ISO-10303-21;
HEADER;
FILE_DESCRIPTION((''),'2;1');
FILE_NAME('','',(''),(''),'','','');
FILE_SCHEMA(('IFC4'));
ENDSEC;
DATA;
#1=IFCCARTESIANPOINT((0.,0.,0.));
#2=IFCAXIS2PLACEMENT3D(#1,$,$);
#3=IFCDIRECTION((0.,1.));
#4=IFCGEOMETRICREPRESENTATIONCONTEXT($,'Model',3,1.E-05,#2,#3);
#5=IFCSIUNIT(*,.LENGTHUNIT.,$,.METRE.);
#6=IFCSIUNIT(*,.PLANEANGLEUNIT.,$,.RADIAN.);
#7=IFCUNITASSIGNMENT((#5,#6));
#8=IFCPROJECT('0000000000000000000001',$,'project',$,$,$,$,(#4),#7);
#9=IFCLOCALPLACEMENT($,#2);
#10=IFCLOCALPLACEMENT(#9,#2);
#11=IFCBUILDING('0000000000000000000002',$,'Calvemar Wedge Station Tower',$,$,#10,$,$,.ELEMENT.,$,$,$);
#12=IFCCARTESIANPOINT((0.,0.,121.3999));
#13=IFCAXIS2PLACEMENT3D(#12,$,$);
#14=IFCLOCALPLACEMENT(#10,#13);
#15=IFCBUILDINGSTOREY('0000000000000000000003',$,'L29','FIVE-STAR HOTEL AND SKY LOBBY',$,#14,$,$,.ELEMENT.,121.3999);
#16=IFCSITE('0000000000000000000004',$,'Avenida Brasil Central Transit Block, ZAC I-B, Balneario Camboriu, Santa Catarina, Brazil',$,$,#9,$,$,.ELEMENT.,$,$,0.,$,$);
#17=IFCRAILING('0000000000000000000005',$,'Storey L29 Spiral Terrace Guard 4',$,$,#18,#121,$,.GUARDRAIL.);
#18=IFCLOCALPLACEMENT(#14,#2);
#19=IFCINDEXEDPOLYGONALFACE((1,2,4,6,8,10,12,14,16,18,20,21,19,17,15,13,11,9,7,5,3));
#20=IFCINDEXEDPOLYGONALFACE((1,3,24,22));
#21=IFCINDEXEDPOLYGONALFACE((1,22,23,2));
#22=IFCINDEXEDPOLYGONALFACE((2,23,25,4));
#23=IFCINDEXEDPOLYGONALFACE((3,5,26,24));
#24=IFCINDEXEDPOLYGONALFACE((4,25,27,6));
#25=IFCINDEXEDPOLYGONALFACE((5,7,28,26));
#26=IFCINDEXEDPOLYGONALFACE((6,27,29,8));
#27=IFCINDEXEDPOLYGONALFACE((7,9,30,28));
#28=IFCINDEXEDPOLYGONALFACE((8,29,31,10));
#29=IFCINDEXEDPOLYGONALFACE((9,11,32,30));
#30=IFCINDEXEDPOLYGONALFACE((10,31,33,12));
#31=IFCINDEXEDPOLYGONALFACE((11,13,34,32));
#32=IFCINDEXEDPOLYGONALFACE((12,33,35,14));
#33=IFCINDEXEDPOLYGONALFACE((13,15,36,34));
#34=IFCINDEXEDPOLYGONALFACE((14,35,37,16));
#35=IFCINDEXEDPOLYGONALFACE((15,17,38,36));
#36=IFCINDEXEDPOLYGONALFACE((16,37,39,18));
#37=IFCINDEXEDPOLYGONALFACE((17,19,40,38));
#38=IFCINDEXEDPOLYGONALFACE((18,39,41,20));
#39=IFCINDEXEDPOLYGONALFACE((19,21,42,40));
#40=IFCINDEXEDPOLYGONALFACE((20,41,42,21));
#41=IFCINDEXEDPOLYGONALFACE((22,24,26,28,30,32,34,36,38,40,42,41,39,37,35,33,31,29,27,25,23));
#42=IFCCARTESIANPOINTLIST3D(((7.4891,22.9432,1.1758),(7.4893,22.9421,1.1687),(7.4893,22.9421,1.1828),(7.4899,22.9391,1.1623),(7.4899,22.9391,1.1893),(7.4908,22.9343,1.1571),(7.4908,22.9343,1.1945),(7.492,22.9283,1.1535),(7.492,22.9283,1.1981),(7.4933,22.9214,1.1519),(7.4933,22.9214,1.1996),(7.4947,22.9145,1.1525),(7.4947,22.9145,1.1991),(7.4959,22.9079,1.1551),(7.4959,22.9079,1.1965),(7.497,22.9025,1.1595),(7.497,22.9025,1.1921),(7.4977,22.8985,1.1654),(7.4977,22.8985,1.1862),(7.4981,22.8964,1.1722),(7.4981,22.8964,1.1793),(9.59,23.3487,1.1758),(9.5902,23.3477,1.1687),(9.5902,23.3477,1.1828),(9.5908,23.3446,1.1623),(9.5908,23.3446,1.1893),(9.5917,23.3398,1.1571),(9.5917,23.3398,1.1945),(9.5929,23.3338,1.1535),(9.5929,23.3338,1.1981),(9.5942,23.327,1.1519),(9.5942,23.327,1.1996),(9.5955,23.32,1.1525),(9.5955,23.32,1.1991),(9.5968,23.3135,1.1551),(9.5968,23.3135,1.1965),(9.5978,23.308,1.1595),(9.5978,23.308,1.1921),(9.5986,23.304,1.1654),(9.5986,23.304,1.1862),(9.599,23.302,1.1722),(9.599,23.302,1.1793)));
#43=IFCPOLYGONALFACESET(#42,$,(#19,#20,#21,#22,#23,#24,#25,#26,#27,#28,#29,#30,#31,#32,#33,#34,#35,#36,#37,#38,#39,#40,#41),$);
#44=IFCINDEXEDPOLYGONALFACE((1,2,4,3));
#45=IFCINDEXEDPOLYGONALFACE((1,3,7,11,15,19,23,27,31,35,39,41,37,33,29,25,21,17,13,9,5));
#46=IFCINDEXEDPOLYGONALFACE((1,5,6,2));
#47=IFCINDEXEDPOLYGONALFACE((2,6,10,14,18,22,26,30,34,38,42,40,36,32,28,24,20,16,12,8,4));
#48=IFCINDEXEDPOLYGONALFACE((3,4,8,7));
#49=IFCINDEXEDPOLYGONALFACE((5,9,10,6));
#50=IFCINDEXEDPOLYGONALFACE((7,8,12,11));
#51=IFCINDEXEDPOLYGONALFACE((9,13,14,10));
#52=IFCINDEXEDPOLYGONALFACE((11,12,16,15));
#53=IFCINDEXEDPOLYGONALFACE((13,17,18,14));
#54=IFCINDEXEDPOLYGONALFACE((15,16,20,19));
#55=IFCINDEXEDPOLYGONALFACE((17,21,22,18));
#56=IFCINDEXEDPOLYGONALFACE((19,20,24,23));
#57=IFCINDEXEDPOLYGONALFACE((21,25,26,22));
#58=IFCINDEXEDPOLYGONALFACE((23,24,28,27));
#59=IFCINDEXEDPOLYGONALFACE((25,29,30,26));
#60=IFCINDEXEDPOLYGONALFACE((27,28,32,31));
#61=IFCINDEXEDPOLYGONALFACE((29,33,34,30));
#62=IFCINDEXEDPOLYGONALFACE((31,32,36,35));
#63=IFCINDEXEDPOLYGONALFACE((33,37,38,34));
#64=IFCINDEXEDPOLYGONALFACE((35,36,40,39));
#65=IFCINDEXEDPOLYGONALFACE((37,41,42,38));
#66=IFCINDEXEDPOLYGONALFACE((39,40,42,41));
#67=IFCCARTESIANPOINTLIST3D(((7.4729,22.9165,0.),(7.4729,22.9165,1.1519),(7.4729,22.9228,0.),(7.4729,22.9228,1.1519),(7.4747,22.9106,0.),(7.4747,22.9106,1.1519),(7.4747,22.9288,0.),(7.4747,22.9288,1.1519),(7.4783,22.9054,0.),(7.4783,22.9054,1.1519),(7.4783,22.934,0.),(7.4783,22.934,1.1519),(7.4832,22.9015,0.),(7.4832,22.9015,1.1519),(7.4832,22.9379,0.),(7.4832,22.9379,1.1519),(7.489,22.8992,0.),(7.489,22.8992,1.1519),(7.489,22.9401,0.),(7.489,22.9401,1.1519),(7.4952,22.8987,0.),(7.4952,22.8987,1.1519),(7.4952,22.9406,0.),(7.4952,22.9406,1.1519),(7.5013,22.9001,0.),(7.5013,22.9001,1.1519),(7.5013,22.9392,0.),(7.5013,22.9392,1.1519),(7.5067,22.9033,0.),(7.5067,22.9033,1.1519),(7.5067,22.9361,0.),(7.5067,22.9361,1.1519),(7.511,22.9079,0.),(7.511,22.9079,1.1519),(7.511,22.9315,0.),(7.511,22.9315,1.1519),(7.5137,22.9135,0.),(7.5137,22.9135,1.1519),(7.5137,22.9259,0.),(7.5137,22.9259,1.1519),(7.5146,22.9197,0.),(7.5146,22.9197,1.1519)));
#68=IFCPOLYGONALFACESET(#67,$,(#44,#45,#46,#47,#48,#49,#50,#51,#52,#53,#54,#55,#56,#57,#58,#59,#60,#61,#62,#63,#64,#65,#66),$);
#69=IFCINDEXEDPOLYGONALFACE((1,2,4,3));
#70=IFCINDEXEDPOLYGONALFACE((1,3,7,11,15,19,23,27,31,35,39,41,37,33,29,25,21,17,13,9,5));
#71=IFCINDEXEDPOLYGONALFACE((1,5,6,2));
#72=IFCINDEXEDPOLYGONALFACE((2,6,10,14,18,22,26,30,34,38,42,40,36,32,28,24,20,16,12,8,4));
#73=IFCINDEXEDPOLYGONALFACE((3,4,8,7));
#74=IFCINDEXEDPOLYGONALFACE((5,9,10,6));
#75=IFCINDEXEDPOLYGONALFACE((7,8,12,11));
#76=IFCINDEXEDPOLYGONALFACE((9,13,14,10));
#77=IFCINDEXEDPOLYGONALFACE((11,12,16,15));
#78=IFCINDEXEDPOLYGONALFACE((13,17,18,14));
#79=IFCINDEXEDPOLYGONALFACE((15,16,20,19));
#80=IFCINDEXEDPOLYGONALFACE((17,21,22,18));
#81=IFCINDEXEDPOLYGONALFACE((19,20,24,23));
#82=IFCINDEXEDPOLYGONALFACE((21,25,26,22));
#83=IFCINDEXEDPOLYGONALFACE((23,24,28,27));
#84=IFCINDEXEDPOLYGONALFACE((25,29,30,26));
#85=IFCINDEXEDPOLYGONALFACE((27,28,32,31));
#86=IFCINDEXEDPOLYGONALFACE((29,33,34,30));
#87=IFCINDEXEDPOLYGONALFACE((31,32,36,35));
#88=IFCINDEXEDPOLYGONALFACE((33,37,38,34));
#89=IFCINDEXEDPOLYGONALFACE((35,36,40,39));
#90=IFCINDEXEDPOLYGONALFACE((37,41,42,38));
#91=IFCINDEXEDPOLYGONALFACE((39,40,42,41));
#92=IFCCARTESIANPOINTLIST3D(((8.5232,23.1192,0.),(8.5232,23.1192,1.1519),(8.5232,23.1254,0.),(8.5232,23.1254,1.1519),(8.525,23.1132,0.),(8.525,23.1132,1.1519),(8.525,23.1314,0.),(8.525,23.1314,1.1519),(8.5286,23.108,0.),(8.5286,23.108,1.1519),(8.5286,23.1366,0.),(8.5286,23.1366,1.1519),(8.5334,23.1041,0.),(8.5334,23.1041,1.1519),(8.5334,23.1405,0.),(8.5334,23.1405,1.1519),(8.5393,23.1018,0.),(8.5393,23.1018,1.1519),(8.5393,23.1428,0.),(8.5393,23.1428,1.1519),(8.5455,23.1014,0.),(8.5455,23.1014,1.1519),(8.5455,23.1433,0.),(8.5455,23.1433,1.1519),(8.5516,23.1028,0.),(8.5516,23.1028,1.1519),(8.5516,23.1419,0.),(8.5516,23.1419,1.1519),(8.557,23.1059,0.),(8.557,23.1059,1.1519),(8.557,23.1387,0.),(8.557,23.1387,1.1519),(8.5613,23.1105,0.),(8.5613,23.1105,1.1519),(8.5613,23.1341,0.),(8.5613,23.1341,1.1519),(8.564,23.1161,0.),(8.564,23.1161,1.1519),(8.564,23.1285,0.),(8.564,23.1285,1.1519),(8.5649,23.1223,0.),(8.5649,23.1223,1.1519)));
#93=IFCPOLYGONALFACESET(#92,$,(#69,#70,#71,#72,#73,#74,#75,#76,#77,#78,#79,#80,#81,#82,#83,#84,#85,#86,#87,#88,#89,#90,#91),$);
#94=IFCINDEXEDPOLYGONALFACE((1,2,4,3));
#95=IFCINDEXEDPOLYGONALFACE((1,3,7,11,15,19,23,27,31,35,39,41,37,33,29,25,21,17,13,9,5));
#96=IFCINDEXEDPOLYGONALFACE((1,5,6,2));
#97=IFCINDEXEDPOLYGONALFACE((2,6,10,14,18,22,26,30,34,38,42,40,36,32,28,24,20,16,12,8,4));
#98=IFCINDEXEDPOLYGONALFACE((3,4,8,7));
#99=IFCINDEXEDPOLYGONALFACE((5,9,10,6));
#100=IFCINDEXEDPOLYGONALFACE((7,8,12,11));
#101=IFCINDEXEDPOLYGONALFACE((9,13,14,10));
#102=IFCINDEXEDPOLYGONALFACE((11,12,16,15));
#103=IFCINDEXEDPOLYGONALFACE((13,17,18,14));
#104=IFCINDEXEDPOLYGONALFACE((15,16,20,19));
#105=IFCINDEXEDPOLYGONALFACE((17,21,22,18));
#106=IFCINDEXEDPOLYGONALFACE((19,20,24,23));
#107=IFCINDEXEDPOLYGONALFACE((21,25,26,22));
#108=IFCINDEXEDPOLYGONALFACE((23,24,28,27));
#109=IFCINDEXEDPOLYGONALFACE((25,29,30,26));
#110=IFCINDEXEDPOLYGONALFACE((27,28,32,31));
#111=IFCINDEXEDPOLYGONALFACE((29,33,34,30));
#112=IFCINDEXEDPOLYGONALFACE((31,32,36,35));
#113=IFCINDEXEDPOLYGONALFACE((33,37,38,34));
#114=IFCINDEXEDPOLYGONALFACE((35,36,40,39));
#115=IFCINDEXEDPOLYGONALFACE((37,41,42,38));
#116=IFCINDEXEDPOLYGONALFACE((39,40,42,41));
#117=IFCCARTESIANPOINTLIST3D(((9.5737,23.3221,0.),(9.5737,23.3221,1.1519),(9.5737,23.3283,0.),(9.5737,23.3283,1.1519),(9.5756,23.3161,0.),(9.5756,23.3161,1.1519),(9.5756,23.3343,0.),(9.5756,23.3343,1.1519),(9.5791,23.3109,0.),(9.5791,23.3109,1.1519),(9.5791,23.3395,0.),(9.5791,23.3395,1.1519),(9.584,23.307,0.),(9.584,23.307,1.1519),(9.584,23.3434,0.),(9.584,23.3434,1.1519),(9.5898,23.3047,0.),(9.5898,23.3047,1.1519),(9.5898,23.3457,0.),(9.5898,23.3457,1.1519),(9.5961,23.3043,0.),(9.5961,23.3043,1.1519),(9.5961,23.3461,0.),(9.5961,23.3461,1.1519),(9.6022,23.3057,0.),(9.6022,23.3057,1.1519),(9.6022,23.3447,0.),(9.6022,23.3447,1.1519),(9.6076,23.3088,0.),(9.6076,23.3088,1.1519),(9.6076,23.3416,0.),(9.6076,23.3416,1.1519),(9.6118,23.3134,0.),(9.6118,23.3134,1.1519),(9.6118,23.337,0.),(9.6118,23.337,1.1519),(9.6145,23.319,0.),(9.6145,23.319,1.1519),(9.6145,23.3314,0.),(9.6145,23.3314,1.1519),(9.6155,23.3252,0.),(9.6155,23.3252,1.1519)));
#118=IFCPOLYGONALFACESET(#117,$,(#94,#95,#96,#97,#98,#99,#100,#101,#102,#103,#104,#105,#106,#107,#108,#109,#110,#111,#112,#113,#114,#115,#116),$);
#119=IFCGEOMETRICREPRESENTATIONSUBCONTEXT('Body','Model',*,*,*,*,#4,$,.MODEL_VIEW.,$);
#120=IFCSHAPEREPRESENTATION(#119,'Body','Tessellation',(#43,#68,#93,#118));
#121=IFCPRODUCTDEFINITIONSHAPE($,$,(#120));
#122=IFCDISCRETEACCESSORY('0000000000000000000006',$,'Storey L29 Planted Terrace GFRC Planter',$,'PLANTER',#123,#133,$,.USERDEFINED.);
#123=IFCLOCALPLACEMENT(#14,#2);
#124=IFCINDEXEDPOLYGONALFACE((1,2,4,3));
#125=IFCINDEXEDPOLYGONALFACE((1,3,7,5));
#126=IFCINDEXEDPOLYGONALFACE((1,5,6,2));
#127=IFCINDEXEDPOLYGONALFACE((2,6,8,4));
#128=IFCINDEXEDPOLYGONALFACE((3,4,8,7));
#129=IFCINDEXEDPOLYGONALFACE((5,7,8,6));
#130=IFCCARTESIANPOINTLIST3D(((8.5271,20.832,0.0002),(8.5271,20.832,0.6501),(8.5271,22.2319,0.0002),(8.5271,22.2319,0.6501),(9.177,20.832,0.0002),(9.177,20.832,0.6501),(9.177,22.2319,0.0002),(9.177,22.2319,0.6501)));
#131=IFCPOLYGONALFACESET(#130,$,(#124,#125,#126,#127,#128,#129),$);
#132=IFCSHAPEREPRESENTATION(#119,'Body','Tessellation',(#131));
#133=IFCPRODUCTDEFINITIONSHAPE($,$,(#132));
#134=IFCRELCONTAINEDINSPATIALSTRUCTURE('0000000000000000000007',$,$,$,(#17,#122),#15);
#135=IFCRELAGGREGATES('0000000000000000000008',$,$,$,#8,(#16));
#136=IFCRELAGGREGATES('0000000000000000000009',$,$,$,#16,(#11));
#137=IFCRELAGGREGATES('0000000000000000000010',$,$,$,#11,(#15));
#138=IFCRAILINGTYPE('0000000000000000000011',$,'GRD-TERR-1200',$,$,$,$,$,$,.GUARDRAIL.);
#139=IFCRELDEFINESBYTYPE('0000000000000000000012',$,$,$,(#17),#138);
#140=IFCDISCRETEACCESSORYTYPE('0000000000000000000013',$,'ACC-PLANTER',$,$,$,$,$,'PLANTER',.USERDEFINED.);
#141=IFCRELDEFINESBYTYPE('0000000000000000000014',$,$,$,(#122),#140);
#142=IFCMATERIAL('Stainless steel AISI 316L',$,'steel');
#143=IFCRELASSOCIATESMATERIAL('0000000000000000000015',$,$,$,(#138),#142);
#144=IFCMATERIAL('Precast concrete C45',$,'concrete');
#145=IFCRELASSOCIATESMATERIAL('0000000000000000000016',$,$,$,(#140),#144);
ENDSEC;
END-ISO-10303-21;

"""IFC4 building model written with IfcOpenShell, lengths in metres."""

from ifc_helpers import new_model, si_unit, direction, frame, origin, origin_2d, place, context, subcontext, project, spatial, rectangle, circle, extrude, source, transform, mapped, material, type_object, element, save


model = new_model("IFC4")

# Units and contexts
model_context = context("Model", 3, precision=1e-05, world=origin(), true_north=direction((0.0, 1.0)))
body_context = subcontext(model_context, "Body", "Model", "MODEL_VIEW")
ifc_project = project(units=[si_unit("LENGTHUNIT", "METRE"), si_unit("PLANEANGLEUNIT", "RADIAN")], contexts=[model_context])

# Site, building, storey
site_placement = place(None, origin())
site = spatial("IfcSite", under=ifc_project, at=site_placement, Name="Avenida Brasil Central Transit Block, ZAC I-B, Balneario Camboriu, Santa Catarina, Brazil", CompositionType="ELEMENT", RefElevation=0.0)
building_placement = place(site_placement, origin())
building = spatial("IfcBuilding", under=site, at=building_placement, Name="Calvemar Wedge Station Tower", CompositionType="ELEMENT")
storey_placement = place(building_placement, frame((0.0, 0.0, 121.3999)))
storey = spatial("IfcBuildingStorey", under=building, at=storey_placement, Name="L29", Description="FIVE-STAR HOTEL AND SKY LOBBY", CompositionType="ELEMENT", Elevation=121.3999)

# Railing
ifc_material_1 = material(Name="Stainless steel AISI 316L", Category="steel")
railing_type = type_object("IfcRailingType", Name="GRD-TERR-1200", PredefinedType="GUARDRAIL", material=ifc_material_1)
railing_placement = place(storey_placement, frame((7.4937, 22.9197, 0.0)))
element("IfcRailing", 1, at=railing_placement, inside=storey, type_object=railing_type, Name="Storey L29 Spiral Terrace Guard 4", PredefinedType="GUARDRAIL", context=body_context, shape_type="SweptSolid", body=[
    extrude(circle(Radius=0.0239, at=origin_2d()), frame((0.0, 0.0, 1.1758), z_axis=(0.981875, 0.189529, 0.0), x_axis=(-0.189529, 0.981875, 0.0)), (0.0, 0.0, 1.0), 2.1396),
    extrude(circle(Radius=0.021, at=origin_2d()), origin(), (0.0, 0.0, 1.0), 1.1519),
    extrude(circle(Radius=0.021, at=origin_2d()), frame((1.0503, 0.2026, 0.0)), (0.0, 0.0, 1.0), 1.1519),
    extrude(circle(Radius=0.021, at=origin_2d()), frame((2.1008, 0.4055, 0.0)), (0.0, 0.0, 1.0), 1.1519),
])

# Discrete accessory
ifc_material_2 = material(Name="Precast concrete C45", Category="concrete")
discrete_accessory_type = type_object("IfcDiscreteAccessoryType", Name="ACC-PLANTER", ElementType="PLANTER", PredefinedType="USERDEFINED", material=ifc_material_2)
shared_shape_1 = source(origin(), body_context, "Body", "SweptSolid", [
    extrude(rectangle(XDim=0.6499, YDim=1.3999, at=origin_2d()), origin(), (0.0, 0.0, 1.0), 0.6499),
])
discrete_accessory_placement = place(storey_placement, frame((8.8521, 21.532, 0.0002), z_axis=(0.0, 0.0, 1.0), x_axis=(1.0, 0.0, 0.0)))
element("IfcDiscreteAccessory", 2, at=discrete_accessory_placement, inside=storey, type_object=discrete_accessory_type, Name="Storey L29 Planted Terrace GFRC Planter", ObjectType="PLANTER", PredefinedType="USERDEFINED", context=body_context, shape_type="MappedRepresentation", body=[
    mapped(shared_shape_1, transform((0.0, 0.0, 0.0), scale=1.0)),
])

save(model, "model.ifc")
